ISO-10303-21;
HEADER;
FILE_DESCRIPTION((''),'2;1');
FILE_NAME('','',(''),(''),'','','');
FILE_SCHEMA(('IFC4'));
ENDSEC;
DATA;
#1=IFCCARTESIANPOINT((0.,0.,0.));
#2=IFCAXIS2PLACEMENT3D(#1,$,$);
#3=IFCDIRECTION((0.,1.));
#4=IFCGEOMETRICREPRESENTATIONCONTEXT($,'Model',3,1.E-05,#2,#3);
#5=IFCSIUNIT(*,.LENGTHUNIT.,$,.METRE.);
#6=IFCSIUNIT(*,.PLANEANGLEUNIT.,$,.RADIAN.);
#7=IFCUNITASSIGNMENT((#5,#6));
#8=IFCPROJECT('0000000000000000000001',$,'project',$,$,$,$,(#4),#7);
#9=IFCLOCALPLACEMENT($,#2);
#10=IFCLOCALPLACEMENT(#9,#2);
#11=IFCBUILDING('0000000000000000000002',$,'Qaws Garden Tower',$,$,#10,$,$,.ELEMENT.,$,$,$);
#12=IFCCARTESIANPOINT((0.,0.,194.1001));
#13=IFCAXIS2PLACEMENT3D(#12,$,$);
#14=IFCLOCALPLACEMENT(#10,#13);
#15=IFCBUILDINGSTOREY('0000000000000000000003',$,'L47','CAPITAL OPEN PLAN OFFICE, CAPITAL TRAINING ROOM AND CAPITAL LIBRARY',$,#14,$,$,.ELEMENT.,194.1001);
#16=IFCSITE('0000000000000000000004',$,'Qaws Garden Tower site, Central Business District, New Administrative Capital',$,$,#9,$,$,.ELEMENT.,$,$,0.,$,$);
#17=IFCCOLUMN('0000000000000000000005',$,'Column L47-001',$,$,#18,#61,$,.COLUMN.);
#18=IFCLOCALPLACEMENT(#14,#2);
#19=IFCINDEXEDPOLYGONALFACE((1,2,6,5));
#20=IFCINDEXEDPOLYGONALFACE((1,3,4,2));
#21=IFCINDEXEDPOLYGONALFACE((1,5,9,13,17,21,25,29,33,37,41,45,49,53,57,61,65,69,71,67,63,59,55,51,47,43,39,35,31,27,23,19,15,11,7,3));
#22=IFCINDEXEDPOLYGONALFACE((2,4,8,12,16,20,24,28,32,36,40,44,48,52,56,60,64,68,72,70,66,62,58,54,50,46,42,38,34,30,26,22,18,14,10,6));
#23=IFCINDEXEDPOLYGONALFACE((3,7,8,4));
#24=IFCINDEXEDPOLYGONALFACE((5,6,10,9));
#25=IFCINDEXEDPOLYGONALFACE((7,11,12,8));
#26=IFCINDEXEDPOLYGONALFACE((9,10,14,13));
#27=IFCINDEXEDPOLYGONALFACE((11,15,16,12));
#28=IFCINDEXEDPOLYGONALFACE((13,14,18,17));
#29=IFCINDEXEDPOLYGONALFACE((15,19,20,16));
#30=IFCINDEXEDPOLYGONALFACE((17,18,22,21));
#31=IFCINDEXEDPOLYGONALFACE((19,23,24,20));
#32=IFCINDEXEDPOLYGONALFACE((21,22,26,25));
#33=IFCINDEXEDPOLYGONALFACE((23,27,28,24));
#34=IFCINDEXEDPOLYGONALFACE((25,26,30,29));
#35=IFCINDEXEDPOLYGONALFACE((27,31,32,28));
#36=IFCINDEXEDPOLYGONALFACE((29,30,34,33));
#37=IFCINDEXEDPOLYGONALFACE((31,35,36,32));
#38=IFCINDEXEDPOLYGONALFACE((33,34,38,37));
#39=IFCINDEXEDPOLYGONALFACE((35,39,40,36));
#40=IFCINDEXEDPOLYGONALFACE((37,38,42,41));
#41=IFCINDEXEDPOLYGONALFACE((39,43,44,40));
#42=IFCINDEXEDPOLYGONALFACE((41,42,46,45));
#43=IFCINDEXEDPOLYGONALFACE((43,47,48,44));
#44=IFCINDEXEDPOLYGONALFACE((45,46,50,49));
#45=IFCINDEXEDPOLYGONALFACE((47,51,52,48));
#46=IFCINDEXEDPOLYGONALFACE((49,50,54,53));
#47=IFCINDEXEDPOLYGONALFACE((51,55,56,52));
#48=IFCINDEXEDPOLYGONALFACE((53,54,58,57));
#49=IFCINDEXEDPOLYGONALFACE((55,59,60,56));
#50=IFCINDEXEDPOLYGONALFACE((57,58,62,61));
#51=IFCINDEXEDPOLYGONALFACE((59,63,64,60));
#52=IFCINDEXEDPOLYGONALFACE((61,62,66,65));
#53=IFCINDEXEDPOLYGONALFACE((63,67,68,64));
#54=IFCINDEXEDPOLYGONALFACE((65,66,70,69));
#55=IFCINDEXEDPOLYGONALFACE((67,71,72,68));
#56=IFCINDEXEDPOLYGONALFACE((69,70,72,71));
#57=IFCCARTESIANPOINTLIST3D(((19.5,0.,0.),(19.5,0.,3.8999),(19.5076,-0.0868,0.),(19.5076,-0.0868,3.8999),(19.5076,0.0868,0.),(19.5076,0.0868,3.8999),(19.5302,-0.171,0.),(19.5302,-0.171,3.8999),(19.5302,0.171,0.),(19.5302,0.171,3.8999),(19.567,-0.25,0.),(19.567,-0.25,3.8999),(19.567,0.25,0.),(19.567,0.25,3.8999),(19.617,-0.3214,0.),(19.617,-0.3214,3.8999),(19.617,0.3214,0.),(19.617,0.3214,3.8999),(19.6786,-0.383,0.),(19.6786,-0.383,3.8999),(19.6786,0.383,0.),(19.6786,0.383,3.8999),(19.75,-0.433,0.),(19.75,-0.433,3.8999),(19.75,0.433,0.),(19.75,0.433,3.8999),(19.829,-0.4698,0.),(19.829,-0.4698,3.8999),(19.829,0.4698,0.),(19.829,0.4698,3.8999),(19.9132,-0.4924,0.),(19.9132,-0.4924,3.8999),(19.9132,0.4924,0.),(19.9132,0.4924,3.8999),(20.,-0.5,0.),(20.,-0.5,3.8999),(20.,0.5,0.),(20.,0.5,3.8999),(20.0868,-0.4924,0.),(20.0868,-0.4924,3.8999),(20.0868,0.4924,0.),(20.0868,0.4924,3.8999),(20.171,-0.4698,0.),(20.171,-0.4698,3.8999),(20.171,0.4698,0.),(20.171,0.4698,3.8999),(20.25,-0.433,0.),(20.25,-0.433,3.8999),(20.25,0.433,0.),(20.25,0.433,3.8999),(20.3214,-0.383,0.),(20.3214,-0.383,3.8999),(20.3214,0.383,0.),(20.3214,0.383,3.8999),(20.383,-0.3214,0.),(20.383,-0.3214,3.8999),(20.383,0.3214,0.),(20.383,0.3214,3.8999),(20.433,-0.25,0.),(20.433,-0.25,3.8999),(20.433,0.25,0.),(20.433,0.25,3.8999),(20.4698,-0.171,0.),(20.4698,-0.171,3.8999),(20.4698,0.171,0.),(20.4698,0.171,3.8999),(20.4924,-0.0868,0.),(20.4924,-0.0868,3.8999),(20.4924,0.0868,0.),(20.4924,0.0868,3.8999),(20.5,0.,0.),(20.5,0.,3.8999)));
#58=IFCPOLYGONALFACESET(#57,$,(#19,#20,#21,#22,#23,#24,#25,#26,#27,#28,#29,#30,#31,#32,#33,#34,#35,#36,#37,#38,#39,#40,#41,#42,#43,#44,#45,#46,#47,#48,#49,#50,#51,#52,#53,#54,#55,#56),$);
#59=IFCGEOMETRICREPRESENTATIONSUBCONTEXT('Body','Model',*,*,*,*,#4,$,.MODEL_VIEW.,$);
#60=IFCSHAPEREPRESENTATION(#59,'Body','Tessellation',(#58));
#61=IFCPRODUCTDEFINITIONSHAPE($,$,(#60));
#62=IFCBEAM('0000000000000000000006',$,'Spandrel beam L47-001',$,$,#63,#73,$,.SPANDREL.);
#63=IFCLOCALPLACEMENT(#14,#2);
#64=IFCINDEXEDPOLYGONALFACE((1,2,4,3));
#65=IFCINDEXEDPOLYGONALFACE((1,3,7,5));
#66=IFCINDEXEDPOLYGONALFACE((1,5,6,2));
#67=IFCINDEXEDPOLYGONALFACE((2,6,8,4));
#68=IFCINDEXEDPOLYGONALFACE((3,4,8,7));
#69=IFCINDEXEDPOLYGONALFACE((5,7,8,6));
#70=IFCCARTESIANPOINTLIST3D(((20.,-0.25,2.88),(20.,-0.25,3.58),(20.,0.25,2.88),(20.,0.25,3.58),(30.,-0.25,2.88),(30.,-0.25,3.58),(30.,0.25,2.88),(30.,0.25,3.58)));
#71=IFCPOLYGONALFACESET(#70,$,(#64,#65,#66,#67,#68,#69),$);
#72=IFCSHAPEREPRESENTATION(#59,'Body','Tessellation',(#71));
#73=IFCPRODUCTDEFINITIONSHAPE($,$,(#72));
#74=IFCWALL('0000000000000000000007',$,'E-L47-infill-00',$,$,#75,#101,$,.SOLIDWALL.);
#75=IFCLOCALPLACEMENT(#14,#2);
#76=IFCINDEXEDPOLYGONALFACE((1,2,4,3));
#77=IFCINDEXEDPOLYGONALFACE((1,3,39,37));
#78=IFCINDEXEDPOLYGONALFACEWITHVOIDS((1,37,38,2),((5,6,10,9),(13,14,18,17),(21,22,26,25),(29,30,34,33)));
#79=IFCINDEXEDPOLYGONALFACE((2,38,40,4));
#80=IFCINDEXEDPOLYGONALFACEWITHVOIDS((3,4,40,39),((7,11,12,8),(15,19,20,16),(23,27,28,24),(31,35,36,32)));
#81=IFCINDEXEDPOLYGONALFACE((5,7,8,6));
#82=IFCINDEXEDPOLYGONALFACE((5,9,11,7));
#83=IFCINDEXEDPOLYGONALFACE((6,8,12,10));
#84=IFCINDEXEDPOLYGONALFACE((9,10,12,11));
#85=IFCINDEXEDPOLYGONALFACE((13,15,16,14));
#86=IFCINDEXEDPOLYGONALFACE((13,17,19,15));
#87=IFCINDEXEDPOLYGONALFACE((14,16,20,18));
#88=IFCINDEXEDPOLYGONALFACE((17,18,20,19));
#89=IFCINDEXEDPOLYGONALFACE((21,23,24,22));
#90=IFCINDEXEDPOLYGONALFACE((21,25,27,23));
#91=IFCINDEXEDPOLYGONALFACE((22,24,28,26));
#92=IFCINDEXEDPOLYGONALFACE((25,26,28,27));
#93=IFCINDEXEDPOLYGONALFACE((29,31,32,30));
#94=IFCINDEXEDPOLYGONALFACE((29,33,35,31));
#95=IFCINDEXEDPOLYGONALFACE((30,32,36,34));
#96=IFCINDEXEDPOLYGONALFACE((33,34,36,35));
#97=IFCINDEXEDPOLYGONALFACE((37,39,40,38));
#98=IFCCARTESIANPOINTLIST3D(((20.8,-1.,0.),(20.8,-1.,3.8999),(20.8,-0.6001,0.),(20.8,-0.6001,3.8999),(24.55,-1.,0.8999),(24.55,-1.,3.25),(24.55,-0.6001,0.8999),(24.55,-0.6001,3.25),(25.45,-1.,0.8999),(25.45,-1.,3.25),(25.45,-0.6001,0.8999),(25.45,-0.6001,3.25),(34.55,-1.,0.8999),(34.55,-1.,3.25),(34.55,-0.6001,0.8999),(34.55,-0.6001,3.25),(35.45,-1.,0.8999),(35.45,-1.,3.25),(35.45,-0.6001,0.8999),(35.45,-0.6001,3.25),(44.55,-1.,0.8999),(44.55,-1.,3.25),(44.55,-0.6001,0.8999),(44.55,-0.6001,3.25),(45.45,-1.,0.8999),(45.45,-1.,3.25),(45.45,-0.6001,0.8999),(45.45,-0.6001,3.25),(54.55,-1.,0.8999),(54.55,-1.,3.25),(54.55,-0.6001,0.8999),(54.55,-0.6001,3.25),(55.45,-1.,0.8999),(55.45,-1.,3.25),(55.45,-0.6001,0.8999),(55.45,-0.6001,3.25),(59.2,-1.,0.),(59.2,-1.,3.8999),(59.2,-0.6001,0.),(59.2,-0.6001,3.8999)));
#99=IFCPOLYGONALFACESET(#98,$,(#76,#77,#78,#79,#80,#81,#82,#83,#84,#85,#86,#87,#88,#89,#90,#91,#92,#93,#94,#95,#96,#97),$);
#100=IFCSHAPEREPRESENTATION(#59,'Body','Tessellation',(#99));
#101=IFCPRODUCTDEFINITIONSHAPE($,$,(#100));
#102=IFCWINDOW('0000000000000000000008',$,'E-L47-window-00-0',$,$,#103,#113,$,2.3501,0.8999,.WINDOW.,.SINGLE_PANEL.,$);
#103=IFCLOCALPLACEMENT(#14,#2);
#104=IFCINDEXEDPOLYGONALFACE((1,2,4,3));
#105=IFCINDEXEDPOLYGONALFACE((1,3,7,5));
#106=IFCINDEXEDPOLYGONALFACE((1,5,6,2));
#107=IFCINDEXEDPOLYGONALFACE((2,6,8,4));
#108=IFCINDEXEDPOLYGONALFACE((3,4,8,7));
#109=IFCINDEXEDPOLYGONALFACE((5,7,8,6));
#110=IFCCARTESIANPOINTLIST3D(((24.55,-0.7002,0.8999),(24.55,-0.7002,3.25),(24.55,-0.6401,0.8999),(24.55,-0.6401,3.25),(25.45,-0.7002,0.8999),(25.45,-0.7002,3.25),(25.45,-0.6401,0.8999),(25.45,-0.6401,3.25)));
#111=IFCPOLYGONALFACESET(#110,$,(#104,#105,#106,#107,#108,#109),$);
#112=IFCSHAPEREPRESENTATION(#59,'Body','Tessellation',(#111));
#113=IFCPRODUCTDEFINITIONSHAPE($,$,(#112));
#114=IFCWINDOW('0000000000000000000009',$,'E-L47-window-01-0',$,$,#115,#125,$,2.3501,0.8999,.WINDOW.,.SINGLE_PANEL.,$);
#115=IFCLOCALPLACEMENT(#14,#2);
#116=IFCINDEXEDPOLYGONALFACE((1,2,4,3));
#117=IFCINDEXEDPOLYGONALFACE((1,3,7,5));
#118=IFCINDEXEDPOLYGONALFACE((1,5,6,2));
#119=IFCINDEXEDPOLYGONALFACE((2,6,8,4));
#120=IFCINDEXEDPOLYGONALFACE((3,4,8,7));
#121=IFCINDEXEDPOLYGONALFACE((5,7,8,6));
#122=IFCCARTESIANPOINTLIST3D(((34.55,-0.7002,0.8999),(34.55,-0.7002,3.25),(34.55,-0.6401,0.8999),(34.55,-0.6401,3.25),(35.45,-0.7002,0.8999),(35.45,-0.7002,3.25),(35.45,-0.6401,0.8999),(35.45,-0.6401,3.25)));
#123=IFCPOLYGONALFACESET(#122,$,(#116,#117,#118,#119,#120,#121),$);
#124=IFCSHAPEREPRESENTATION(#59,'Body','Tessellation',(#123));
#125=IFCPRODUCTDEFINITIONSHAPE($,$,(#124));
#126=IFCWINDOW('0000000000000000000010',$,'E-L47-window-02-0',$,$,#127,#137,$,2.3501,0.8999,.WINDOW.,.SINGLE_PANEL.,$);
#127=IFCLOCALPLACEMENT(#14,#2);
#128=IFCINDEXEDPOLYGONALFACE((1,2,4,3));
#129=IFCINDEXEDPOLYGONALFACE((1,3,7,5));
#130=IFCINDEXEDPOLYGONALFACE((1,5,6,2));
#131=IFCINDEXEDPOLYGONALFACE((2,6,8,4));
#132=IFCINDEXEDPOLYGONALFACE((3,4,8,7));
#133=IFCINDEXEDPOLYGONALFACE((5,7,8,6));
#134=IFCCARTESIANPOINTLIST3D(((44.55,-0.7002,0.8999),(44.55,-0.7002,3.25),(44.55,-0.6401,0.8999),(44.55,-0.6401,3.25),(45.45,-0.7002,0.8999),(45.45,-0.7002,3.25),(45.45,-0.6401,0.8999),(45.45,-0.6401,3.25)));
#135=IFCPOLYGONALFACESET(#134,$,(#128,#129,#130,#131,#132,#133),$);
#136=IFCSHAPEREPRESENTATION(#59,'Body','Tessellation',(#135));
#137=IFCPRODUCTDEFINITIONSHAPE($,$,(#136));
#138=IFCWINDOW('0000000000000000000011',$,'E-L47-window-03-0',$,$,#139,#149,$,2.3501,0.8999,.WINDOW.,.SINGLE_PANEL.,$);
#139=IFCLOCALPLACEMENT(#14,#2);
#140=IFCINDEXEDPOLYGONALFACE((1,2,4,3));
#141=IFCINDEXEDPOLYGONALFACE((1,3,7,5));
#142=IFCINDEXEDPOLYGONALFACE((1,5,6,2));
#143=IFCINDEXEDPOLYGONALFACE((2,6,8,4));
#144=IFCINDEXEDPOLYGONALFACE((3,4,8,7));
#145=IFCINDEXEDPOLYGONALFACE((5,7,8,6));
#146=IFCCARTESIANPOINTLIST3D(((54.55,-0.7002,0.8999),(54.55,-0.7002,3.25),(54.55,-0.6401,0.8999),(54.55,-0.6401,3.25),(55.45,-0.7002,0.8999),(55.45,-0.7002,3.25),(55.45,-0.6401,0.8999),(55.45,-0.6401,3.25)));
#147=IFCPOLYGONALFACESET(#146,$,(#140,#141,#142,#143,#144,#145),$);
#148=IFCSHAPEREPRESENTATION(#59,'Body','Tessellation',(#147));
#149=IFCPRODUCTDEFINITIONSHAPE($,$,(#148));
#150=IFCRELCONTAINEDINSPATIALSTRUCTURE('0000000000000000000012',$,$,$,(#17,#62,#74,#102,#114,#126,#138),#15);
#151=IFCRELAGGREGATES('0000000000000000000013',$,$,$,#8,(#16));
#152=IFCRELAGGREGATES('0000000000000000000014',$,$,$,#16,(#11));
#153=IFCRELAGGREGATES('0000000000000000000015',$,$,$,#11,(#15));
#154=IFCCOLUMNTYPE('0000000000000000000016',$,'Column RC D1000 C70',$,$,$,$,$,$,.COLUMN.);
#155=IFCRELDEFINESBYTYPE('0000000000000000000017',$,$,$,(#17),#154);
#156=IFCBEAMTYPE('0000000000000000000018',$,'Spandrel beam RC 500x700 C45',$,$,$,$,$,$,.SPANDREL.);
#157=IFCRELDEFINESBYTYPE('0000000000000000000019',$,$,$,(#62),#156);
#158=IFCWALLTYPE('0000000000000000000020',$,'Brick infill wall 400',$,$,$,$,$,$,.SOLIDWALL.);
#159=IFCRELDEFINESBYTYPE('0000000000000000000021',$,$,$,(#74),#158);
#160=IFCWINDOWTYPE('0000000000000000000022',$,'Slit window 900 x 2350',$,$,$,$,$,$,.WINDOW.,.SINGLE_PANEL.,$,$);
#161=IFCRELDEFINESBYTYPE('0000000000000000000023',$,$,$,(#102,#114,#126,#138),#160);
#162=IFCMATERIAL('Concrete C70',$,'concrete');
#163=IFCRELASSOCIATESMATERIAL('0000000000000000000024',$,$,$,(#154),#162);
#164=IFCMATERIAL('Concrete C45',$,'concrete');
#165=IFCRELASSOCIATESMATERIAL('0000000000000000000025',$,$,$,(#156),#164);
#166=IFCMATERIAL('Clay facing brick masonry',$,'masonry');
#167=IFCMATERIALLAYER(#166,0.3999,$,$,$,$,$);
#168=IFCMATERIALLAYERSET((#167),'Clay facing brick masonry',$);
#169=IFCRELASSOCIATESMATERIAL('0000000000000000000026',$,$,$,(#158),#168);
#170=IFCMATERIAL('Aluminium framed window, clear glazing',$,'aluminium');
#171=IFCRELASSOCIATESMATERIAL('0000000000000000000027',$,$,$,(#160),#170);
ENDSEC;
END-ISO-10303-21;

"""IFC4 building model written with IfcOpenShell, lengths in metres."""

from ifc_helpers import new_model, si_unit, direction, frame, frame_2d, origin, origin_2d, place, context, subcontext, project, spatial, rectangle, circle, extrude, material, layer, layer_set, material_profile, profile_set, type_object, element, fill, save


model = new_model("IFC4")

# Units and contexts
model_context = context("Model", 3, precision=1e-05, world=origin(), true_north=direction((0.0, 1.0)))
body_context = subcontext(model_context, "Body", "Model", "MODEL_VIEW")
ifc_project = project(units=[si_unit("LENGTHUNIT", "METRE"), si_unit("PLANEANGLEUNIT", "RADIAN")], contexts=[model_context])

# Site, building, storey
site_placement = place(None, origin())
site = spatial("IfcSite", under=ifc_project, at=site_placement, Name="Qaws Garden Tower site, Central Business District, New Administrative Capital", CompositionType="ELEMENT", RefElevation=0.0)
building_placement = place(site_placement, origin())
building = spatial("IfcBuilding", under=site, at=building_placement, Name="Qaws Garden Tower", CompositionType="ELEMENT")
storey_placement = place(building_placement, frame((0.0, 0.0, 194.1001)))
storey = spatial("IfcBuildingStorey", under=building, at=storey_placement, Name="L47", Description="CAPITAL OPEN PLAN OFFICE, CAPITAL TRAINING ROOM AND CAPITAL LIBRARY", CompositionType="ELEMENT", Elevation=194.1001)

# Column
ifc_material_1 = material(Name="Concrete C70", Category="concrete")
ifc_material_profile_1 = material_profile(ifc_material_1, circle(Radius=0.5, at=origin_2d()), Name="RC D1000")
ifc_profile_set_1 = profile_set([ifc_material_profile_1], Name="Concrete C70")
column_type = type_object("IfcColumnType", Name="Column RC D1000 C70", PredefinedType="COLUMN", material=ifc_profile_set_1)
column_placement = place(storey_placement, frame((20.0, 0.0, 0.0), z_axis=(0.0, 0.0, 1.0), x_axis=(1.0, 0.0, 0.0)))
element("IfcColumn", 1, at=column_placement, inside=storey, type_object=column_type, Name="Column L47-001", PredefinedType="COLUMN", context=body_context, shape_type="SweptSolid", body=[
    extrude(circle(Radius=0.5, at=origin_2d()), origin(), (0.0, 0.0, 1.0), 3.8999),
])

# Beam
ifc_material_2 = material(Name="Concrete C45", Category="concrete")
ifc_material_profile_2 = material_profile(ifc_material_2, rectangle(XDim=0.5, YDim=0.7, at=origin_2d()), Name="RC 500x700")
ifc_profile_set_2 = profile_set([ifc_material_profile_2], Name="Concrete C45")
beam_type = type_object("IfcBeamType", Name="Spandrel beam RC 500x700 C45", PredefinedType="SPANDREL", material=ifc_profile_set_2)
beam_placement = place(storey_placement, frame((20.0, 0.0, 3.23), z_axis=(1.0, 0.0, 0.0), x_axis=(0.0, 1.0, 0.0)))
element("IfcBeam", 2, at=beam_placement, inside=storey, type_object=beam_type, Name="Spandrel beam L47-001", PredefinedType="SPANDREL", context=body_context, shape_type="SweptSolid", body=[
    extrude(rectangle(XDim=0.5, YDim=0.7, at=origin_2d()), origin(), (0.0, 0.0, 1.0), 10.0),
])

# Wall, openings, windows
ifc_material_3 = material(Name="Clay facing brick masonry", Category="masonry")
ifc_layer_1 = layer(ifc_material_3, 0.3999)
ifc_layer_set_1 = layer_set([ifc_layer_1], Name="Clay facing brick masonry")
wall_type_1 = type_object("IfcWallType", Name="Brick infill wall 400", PredefinedType="SOLIDWALL", material=ifc_layer_set_1)
wall_1_placement = place(storey_placement, frame((20.8, -0.8, 0.0), z_axis=(0.0, 0.0, 1.0), x_axis=(1.0, 0.0, 0.0)))
wall_1 = element("IfcWall", 3, at=wall_1_placement, inside=storey, type_object=wall_type_1, Name="E-L47-infill-00", PredefinedType="SOLIDWALL", context=body_context, shape_type="SweptSolid", body=[
    extrude(rectangle(XDim=38.3999, YDim=0.3999, at=frame_2d((19.2, 0.0))), origin(), (0.0, 0.0, 1.0), 3.8999),
])
opening_1_placement = place(wall_1_placement, frame((3.75, 0.0, 0.8999)))
opening_1 = element("IfcOpeningElement", 4, at=opening_1_placement, cuts=wall_1, PredefinedType="OPENING", context=body_context, shape_type="SweptSolid", body=[
    extrude(rectangle(XDim=0.8999, YDim=2.3501, at=frame_2d((0.45, 1.175))), frame((0.0, 0.21, 0.0), z_axis=(0.0, -1.0, 0.0), x_axis=(1.0, 0.0, 0.0)), (0.0, 0.0, 1.0), 0.4199),
])
opening_2_placement = place(wall_1_placement, frame((13.75, 0.0, 0.8999)))
opening_2 = element("IfcOpeningElement", 5, at=opening_2_placement, cuts=wall_1, PredefinedType="OPENING", context=body_context, shape_type="SweptSolid", body=[
    extrude(rectangle(XDim=0.8999, YDim=2.3501, at=frame_2d((0.45, 1.175))), frame((0.0, 0.21, 0.0), z_axis=(0.0, -1.0, 0.0), x_axis=(1.0, 0.0, 0.0)), (0.0, 0.0, 1.0), 0.4199),
])
opening_3_placement = place(wall_1_placement, frame((23.75, 0.0, 0.8999)))
opening_3 = element("IfcOpeningElement", 6, at=opening_3_placement, cuts=wall_1, PredefinedType="OPENING", context=body_context, shape_type="SweptSolid", body=[
    extrude(rectangle(XDim=0.8999, YDim=2.3501, at=frame_2d((0.45, 1.175))), frame((0.0, 0.21, 0.0), z_axis=(0.0, -1.0, 0.0), x_axis=(1.0, 0.0, 0.0)), (0.0, 0.0, 1.0), 0.4199),
])
opening_4_placement = place(wall_1_placement, frame((33.75, 0.0, 0.8999)))
opening_4 = element("IfcOpeningElement", 7, at=opening_4_placement, cuts=wall_1, PredefinedType="OPENING", context=body_context, shape_type="SweptSolid", body=[
    extrude(rectangle(XDim=0.8999, YDim=2.3501, at=frame_2d((0.45, 1.175))), frame((0.0, 0.21, 0.0), z_axis=(0.0, -1.0, 0.0), x_axis=(1.0, 0.0, 0.0)), (0.0, 0.0, 1.0), 0.4199),
])
ifc_material_4 = material(Name="Aluminium framed window, clear glazing", Category="aluminium")
window_type = type_object("IfcWindowType", Name="Slit window 900 x 2350", PartitioningType="SINGLE_PANEL", PredefinedType="WINDOW", material=ifc_material_4)
window_1_placement = place(opening_1_placement, origin())
window_1 = element("IfcWindow", 8, at=window_1_placement, inside=storey, type_object=window_type, Name="E-L47-window-00-0", OverallHeight=2.3501, OverallWidth=0.8999, PartitioningType="SINGLE_PANEL", PredefinedType="WINDOW", context=body_context, shape_type="SweptSolid", body=[
    extrude(rectangle(XDim=0.8999, YDim=2.3501, at=frame_2d((0.45, 1.175))), frame((0.0, 0.1599, 0.0), z_axis=(0.0, -1.0, 0.0), x_axis=(1.0, 0.0, 0.0)), (0.0, 0.0, 1.0), 0.0601),
])
fill(opening_1, window_1)
window_2_placement = place(opening_2_placement, origin())
window_2 = element("IfcWindow", 9, at=window_2_placement, inside=storey, type_object=window_type, Name="E-L47-window-01-0", OverallHeight=2.3501, OverallWidth=0.8999, PartitioningType="SINGLE_PANEL", PredefinedType="WINDOW", context=body_context, shape_type="SweptSolid", body=[
    extrude(rectangle(XDim=0.8999, YDim=2.3501, at=frame_2d((0.45, 1.175))), frame((0.0, 0.1599, 0.0), z_axis=(0.0, -1.0, 0.0), x_axis=(1.0, 0.0, 0.0)), (0.0, 0.0, 1.0), 0.0601),
])
fill(opening_2, window_2)
window_3_placement = place(opening_3_placement, origin())
window_3 = element("IfcWindow", 10, at=window_3_placement, inside=storey, type_object=window_type, Name="E-L47-window-02-0", OverallHeight=2.3501, OverallWidth=0.8999, PartitioningType="SINGLE_PANEL", PredefinedType="WINDOW", context=body_context, shape_type="SweptSolid", body=[
    extrude(rectangle(XDim=0.8999, YDim=2.3501, at=frame_2d((0.45, 1.175))), frame((0.0, 0.1599, 0.0), z_axis=(0.0, -1.0, 0.0), x_axis=(1.0, 0.0, 0.0)), (0.0, 0.0, 1.0), 0.0601),
])
fill(opening_3, window_3)
window_4_placement = place(opening_4_placement, origin())
window_4 = element("IfcWindow", 11, at=window_4_placement, inside=storey, type_object=window_type, Name="E-L47-window-03-0", OverallHeight=2.3501, OverallWidth=0.8999, PartitioningType="SINGLE_PANEL", PredefinedType="WINDOW", context=body_context, shape_type="SweptSolid", body=[
    extrude(rectangle(XDim=0.8999, YDim=2.3501, at=frame_2d((0.45, 1.175))), frame((0.0, 0.1599, 0.0), z_axis=(0.0, -1.0, 0.0), x_axis=(1.0, 0.0, 0.0)), (0.0, 0.0, 1.0), 0.0601),
])
fill(opening_4, window_4)

save(model, "model.ifc")
